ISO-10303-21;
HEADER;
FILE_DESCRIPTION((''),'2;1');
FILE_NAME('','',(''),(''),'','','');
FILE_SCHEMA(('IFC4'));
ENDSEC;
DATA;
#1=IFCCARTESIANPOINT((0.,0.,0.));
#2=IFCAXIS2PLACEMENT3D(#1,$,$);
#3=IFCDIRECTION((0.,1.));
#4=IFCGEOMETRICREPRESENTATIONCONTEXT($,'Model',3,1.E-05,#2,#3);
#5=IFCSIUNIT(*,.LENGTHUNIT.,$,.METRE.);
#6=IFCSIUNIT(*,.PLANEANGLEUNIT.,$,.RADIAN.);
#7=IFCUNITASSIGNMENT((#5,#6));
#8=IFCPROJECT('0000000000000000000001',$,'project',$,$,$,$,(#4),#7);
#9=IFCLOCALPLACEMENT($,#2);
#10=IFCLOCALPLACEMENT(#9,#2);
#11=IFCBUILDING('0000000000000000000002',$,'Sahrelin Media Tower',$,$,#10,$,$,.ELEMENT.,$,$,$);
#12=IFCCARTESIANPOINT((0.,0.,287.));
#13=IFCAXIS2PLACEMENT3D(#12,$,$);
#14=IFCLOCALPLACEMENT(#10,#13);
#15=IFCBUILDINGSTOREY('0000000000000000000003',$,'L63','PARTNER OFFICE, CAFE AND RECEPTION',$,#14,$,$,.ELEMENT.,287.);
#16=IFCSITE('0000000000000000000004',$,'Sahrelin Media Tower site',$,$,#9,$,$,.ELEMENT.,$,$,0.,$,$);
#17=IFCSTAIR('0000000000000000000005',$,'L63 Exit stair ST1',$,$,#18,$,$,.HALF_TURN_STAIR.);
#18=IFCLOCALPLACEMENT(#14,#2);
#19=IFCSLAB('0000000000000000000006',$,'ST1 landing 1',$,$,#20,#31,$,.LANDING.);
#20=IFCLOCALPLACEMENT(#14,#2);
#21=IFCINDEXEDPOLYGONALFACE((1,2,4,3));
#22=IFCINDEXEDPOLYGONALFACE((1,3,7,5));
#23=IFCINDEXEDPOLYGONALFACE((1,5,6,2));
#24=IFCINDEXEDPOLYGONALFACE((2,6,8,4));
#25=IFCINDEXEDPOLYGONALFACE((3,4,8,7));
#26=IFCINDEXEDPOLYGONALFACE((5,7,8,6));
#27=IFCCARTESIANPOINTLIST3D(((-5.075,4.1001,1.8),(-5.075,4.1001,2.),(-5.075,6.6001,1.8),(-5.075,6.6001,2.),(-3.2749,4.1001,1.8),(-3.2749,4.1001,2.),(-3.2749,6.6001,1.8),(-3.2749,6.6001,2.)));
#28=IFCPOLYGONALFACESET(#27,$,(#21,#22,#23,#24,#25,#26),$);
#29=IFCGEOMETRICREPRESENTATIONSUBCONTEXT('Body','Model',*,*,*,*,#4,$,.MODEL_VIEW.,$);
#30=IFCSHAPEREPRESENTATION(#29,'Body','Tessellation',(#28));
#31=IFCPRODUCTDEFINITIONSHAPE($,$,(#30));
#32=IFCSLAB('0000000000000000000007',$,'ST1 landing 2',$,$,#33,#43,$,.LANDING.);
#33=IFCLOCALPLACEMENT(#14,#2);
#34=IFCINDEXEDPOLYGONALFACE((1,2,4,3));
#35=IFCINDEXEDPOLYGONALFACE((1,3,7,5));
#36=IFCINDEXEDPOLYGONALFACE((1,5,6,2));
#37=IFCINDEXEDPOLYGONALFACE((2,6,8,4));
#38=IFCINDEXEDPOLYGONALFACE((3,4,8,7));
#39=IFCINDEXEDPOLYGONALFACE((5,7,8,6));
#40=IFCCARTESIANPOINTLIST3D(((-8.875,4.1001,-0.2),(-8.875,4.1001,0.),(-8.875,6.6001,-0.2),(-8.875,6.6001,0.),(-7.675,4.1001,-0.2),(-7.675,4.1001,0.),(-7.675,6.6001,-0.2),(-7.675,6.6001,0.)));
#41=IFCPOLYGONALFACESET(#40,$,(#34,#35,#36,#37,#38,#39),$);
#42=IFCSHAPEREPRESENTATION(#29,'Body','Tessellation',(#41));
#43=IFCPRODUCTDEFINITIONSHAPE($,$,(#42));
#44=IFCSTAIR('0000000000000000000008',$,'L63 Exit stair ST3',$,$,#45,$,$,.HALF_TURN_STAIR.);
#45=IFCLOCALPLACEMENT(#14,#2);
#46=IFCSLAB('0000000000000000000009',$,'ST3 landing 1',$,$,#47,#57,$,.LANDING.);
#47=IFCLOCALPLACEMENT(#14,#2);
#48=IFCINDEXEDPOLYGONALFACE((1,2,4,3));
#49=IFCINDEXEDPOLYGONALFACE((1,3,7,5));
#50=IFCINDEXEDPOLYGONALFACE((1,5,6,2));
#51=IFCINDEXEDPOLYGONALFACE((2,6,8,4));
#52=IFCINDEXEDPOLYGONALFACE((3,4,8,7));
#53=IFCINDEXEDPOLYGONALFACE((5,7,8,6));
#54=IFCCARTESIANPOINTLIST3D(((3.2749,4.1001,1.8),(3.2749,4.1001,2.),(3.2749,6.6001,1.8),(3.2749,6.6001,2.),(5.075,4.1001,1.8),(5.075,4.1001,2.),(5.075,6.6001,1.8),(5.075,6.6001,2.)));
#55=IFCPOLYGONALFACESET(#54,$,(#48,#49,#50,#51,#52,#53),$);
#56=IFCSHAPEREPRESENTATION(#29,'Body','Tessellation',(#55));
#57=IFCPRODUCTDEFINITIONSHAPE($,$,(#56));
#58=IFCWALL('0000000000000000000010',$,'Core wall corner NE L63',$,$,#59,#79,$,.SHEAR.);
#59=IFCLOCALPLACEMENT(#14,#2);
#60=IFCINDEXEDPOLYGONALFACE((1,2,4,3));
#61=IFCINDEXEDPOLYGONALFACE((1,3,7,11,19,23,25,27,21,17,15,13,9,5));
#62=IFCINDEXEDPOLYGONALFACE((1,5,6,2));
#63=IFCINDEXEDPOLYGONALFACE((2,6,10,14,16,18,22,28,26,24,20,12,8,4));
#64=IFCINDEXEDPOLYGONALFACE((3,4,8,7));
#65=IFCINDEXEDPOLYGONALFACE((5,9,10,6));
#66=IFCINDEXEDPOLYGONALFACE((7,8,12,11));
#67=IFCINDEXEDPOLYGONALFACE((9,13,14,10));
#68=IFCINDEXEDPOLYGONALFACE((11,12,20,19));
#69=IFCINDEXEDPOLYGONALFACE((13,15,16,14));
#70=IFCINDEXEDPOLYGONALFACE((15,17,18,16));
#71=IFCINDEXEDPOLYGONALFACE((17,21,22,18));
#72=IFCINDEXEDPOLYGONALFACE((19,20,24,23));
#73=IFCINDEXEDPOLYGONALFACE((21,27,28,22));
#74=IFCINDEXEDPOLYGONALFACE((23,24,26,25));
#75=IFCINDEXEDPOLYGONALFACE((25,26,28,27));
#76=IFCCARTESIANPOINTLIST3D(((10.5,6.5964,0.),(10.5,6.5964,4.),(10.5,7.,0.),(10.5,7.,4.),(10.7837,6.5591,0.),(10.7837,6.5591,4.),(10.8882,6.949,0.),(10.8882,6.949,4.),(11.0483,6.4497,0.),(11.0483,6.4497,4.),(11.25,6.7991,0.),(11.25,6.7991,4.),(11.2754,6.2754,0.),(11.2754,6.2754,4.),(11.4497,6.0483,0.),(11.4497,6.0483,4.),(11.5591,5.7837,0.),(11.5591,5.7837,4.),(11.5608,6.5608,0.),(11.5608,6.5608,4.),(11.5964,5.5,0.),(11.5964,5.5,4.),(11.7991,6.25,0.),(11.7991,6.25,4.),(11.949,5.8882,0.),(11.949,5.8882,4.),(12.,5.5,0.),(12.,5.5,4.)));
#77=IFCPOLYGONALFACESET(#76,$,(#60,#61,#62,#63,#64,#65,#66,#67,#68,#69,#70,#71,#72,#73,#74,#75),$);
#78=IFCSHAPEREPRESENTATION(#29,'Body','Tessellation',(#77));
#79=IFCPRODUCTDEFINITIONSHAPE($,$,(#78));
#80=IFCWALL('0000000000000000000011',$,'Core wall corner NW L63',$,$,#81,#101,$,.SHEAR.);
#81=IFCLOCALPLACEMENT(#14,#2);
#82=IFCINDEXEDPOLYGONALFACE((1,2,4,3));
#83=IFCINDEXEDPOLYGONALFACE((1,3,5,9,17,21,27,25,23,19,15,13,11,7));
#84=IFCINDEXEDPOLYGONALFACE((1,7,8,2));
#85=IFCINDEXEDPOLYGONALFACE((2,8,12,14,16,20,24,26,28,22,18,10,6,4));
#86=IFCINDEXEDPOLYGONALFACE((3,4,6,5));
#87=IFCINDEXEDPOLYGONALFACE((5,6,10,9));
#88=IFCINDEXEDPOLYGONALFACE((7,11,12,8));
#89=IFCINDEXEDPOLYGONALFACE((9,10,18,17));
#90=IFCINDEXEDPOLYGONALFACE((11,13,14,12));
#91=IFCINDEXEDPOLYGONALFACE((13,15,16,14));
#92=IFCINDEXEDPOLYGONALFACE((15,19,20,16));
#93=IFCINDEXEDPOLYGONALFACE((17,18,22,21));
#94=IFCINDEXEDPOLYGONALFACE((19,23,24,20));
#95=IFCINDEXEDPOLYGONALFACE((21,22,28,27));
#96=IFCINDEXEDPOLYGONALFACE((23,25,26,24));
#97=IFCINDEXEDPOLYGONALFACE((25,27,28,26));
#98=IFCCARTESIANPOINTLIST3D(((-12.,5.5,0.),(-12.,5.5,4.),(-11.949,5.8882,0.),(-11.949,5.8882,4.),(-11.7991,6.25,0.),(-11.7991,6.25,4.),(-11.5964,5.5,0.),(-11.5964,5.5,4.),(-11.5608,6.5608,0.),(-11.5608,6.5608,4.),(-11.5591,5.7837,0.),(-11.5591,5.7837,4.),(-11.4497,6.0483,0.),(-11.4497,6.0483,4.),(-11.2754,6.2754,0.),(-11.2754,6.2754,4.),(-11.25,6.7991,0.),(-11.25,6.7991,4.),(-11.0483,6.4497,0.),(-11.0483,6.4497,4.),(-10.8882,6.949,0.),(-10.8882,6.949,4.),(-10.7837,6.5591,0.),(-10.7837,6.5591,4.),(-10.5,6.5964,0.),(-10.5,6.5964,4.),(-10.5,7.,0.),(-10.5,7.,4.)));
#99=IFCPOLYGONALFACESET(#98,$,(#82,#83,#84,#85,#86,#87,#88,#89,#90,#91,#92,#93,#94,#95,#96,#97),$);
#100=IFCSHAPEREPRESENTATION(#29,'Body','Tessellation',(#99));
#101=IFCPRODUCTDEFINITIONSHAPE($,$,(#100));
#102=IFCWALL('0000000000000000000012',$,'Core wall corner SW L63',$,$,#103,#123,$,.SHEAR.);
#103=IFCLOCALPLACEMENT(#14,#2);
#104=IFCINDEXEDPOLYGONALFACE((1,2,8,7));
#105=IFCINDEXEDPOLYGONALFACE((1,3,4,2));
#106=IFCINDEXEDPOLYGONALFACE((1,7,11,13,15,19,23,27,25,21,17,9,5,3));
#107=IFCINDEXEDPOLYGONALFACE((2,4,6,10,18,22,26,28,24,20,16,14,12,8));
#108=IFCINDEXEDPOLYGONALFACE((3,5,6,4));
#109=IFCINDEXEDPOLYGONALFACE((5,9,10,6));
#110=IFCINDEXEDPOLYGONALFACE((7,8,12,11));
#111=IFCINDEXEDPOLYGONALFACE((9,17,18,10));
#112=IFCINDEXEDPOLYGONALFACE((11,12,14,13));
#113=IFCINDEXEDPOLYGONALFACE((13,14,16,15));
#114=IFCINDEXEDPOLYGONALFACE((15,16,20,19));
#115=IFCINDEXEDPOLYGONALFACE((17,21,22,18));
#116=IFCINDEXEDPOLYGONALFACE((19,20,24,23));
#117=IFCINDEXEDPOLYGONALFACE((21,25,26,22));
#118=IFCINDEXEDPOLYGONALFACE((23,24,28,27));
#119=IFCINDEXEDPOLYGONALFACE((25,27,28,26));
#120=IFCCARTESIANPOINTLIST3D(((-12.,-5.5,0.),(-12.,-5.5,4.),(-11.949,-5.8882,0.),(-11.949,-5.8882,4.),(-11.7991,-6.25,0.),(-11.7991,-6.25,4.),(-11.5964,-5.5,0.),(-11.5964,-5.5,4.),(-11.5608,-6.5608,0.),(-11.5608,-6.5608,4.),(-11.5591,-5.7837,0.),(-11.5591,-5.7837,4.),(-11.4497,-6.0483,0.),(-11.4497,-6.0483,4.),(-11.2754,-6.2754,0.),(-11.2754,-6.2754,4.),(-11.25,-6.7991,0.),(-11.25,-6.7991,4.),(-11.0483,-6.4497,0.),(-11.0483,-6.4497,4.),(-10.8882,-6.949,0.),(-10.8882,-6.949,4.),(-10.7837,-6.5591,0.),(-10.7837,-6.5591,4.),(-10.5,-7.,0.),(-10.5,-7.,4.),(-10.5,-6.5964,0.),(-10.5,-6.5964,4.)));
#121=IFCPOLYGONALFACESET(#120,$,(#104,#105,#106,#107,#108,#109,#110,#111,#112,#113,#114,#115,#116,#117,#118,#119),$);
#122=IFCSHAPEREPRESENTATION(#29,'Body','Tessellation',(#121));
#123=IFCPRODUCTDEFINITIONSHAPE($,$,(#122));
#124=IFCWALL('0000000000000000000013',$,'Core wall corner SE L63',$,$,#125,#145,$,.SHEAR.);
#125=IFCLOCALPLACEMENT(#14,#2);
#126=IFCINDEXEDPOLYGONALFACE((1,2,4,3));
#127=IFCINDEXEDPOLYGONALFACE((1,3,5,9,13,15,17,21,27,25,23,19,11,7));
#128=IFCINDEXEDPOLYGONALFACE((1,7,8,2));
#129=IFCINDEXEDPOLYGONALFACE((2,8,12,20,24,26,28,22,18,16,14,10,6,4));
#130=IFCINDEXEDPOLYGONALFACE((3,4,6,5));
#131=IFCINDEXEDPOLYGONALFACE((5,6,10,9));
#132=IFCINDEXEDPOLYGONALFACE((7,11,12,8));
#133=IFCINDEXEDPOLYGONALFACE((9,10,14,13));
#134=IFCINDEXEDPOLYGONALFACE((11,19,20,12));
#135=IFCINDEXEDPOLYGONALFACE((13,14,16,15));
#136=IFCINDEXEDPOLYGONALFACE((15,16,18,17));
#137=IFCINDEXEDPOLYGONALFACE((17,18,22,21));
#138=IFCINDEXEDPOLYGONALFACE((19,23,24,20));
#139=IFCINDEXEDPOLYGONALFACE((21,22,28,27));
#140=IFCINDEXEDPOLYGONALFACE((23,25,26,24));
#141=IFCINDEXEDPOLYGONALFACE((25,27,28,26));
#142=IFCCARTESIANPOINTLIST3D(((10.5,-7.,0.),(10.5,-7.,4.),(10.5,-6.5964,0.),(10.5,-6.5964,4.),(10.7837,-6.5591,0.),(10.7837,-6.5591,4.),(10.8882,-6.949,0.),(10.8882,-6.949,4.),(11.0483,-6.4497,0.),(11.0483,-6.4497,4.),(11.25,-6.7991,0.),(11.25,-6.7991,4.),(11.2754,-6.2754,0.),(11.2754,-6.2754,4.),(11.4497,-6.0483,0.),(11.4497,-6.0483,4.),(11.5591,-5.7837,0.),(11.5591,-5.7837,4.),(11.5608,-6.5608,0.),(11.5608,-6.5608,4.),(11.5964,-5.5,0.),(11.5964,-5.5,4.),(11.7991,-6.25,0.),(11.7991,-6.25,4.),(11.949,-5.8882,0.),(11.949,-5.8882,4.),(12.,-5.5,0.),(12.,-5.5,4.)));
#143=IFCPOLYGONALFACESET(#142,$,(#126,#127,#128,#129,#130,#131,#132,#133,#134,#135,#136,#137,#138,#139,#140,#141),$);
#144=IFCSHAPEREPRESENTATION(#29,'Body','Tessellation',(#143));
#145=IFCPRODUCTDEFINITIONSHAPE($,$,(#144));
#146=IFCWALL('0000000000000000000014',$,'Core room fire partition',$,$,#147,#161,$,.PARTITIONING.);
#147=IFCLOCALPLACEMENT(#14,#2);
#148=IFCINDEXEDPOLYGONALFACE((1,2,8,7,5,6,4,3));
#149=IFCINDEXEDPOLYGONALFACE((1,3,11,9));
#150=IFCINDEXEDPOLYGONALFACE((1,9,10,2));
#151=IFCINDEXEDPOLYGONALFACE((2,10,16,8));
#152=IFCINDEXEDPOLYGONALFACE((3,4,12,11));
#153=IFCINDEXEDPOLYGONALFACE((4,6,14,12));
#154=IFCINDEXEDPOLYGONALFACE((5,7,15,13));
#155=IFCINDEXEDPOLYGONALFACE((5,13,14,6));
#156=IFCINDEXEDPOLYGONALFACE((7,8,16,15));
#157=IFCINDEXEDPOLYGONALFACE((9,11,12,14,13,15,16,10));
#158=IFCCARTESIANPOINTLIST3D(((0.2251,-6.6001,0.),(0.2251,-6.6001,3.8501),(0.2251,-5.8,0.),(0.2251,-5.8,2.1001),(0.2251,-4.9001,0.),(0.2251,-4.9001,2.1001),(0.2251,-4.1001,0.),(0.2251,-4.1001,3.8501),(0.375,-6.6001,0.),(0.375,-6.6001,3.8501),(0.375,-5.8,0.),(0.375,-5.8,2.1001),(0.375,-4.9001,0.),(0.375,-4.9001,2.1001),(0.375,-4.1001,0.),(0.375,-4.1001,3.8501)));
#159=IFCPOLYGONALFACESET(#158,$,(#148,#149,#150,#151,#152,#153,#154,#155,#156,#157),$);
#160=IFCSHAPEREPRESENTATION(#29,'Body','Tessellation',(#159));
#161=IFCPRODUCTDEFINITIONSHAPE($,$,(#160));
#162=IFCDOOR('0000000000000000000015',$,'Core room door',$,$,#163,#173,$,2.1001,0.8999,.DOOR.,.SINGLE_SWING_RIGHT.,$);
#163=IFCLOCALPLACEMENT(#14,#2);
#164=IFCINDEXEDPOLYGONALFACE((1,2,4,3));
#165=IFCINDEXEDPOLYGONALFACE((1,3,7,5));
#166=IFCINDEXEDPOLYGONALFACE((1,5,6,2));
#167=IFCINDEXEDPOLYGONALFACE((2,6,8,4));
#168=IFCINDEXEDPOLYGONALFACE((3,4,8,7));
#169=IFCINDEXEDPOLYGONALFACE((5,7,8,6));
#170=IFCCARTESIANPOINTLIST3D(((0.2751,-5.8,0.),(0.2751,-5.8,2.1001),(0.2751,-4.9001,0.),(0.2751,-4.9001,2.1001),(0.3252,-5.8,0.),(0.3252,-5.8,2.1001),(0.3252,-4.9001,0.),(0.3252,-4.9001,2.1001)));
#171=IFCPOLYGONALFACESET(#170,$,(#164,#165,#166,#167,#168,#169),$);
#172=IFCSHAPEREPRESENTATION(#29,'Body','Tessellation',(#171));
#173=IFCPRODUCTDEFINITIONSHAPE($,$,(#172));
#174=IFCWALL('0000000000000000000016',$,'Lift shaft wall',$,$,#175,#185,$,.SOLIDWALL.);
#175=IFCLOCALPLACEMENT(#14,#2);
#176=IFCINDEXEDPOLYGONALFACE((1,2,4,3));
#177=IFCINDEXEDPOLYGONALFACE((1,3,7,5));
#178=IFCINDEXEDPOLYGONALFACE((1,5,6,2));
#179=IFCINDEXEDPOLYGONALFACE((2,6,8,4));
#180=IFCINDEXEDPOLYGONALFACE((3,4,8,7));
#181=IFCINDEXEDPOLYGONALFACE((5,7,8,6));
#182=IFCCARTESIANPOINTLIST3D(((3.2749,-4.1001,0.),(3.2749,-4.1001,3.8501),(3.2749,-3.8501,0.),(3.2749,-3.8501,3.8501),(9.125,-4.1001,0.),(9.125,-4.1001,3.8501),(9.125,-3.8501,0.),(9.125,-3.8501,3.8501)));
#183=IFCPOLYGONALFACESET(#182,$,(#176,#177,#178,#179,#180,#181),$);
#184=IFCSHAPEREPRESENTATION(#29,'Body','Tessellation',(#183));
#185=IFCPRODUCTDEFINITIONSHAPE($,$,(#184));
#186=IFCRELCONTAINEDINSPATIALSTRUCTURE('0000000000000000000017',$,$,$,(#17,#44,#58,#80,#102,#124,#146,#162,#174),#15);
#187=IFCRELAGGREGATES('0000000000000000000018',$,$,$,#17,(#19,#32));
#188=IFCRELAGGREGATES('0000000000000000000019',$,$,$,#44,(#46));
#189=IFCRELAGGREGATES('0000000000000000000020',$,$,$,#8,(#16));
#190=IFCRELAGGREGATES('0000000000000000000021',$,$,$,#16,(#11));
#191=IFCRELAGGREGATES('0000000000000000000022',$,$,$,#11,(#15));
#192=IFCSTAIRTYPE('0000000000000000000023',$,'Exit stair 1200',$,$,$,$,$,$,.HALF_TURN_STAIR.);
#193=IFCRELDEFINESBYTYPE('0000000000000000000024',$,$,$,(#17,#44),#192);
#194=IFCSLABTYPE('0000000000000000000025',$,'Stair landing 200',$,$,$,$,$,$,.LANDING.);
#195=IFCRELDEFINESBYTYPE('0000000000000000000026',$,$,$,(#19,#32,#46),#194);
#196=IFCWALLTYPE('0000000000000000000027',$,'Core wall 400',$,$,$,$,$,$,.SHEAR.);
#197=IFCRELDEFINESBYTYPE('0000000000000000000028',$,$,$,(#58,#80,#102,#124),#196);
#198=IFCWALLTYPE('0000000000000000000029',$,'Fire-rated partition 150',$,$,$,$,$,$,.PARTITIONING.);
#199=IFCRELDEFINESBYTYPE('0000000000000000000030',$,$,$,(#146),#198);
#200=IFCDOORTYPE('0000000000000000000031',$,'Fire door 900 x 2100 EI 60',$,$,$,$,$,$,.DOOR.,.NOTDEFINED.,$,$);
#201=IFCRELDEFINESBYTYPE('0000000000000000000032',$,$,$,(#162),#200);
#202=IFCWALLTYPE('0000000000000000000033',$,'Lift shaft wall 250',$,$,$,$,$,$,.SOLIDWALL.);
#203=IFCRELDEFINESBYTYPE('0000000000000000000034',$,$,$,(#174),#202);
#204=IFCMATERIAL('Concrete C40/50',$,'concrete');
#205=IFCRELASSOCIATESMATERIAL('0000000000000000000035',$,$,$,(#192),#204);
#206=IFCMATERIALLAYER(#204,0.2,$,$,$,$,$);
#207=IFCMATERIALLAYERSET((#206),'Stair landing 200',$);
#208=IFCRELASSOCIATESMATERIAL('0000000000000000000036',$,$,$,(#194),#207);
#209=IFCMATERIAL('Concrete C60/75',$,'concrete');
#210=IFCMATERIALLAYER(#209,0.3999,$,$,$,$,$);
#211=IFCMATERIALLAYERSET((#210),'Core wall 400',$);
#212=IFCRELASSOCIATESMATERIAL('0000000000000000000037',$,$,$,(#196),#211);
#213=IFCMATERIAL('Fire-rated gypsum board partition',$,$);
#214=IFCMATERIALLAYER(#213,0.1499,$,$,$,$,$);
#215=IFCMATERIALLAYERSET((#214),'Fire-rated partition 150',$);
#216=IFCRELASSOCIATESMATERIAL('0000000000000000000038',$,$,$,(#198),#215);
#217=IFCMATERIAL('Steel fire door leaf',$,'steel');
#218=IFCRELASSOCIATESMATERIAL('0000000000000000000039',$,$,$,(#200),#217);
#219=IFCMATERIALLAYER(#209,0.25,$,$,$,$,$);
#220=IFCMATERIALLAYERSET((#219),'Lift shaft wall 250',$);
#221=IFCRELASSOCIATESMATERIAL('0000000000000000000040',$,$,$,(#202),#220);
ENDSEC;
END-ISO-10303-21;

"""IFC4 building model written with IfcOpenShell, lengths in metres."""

from ifc_helpers import new_model, si_unit, direction, frame, frame_2d, origin, place, context, subcontext, project, spatial, polyline, rectangle, outline, extrude, material, layer, layer_set, type_object, element, fill, aggregate, save


model = new_model("IFC4")

# Units and contexts
model_context = context("Model", 3, precision=1e-05, world=origin(), true_north=direction((0.0, 1.0)))
body_context = subcontext(model_context, "Body", "Model", "MODEL_VIEW")
ifc_project = project(units=[si_unit("LENGTHUNIT", "METRE"), si_unit("PLANEANGLEUNIT", "RADIAN")], contexts=[model_context])

# Site, building, storey
site_placement = place(None, origin())
site = spatial("IfcSite", under=ifc_project, at=site_placement, Name="Sahrelin Media Tower site", CompositionType="ELEMENT", RefElevation=0.0)
building_placement = place(site_placement, origin())
building = spatial("IfcBuilding", under=site, at=building_placement, Name="Sahrelin Media Tower", CompositionType="ELEMENT")
storey_placement = place(building_placement, frame((0.0, 0.0, 287.0)))
storey = spatial("IfcBuildingStorey", under=building, at=storey_placement, Name="L63", Description="PARTNER OFFICE, CAFE AND RECEPTION", CompositionType="ELEMENT", Elevation=287.0)

# Stair, slabs
ifc_material_1 = material(Name="Concrete C40/50", Category="concrete")
stair_type = type_object("IfcStairType", Name="Exit stair 1200", PredefinedType="HALF_TURN_STAIR", material=ifc_material_1)
placement_1 = place(storey_placement, origin())
stair_1 = element("IfcStair", 1, at=placement_1, inside=storey, type_object=stair_type, Name="L63 Exit stair ST1", PredefinedType="HALF_TURN_STAIR")
ifc_layer_1 = layer(ifc_material_1, 0.2)
ifc_layer_set_1 = layer_set([ifc_layer_1], Name="Stair landing 200")
slab_type = type_object("IfcSlabType", Name="Stair landing 200", PredefinedType="LANDING", material=ifc_layer_set_1)
placement_2 = place(storey_placement, frame((0.0, 0.0, 1.8)))
slab_1 = element("IfcSlab", 2, at=placement_2, type_object=slab_type, Name="ST1 landing 1", PredefinedType="LANDING", context=body_context, shape_type="SweptSolid", body=[
    extrude(outline(polyline([(-5.075, 4.1001), (-3.2749, 4.1001), (-3.2749, 6.6001), (-5.075, 6.6001), (-5.075, 4.1001)])), origin(), (0.0, 0.0, 1.0), 0.2),
])
slab_2_placement = place(storey_placement, frame((0.0, 0.0, -0.2)))
slab_2 = element("IfcSlab", 3, at=slab_2_placement, type_object=slab_type, Name="ST1 landing 2", PredefinedType="LANDING", context=body_context, shape_type="SweptSolid", body=[
    extrude(outline(polyline([(-8.875, 4.1001), (-7.675, 4.1001), (-7.675, 6.6001), (-8.875, 6.6001), (-8.875, 4.1001)])), origin(), (0.0, 0.0, 1.0), 0.2),
])
aggregate(stair_1, [slab_1, slab_2])

# Stair, slab
stair_2 = element("IfcStair", 4, at=placement_1, inside=storey, type_object=stair_type, Name="L63 Exit stair ST3", PredefinedType="HALF_TURN_STAIR")
slab_3 = element("IfcSlab", 5, at=placement_2, type_object=slab_type, Name="ST3 landing 1", PredefinedType="LANDING", context=body_context, shape_type="SweptSolid", body=[
    extrude(outline(polyline([(5.075, 6.6001), (3.2749, 6.6001), (3.2749, 4.1001), (5.075, 4.1001), (5.075, 6.6001)])), origin(), (0.0, 0.0, 1.0), 0.2),
])
aggregate(stair_2, [slab_3])

# Walls
ifc_material_2 = material(Name="Concrete C60/75", Category="concrete")
ifc_layer_2 = layer(ifc_material_2, 0.3999)
ifc_layer_set_2 = layer_set([ifc_layer_2], Name="Core wall 400")
wall_type_1 = type_object("IfcWallType", Name="Core wall 400", PredefinedType="SHEAR", material=ifc_layer_set_2)
element("IfcWall", 6, at=placement_1, inside=storey, type_object=wall_type_1, Name="Core wall corner NE L63", PredefinedType="SHEAR", context=body_context, shape_type="SweptSolid", body=[
    extrude(outline(polyline([(10.5, 7.0), (10.5, 6.5964), (10.7837, 6.5591), (11.0483, 6.4497), (11.2754, 6.2754), (11.4497, 6.0483), (11.5591, 5.7837), (11.5964, 5.5), (12.0, 5.5), (11.949, 5.8882), (11.7991, 6.25), (11.5608, 6.5608), (11.25, 6.7991), (10.8882, 6.949), (10.5, 7.0)])), origin(), (0.0, 0.0, 1.0), 4.0),
])
element("IfcWall", 7, at=placement_1, inside=storey, type_object=wall_type_1, Name="Core wall corner NW L63", PredefinedType="SHEAR", context=body_context, shape_type="SweptSolid", body=[
    extrude(outline(polyline([(-12.0, 5.5), (-11.5964, 5.5), (-11.5591, 5.7837), (-11.4497, 6.0483), (-11.2754, 6.2754), (-11.0483, 6.4497), (-10.7837, 6.5591), (-10.5, 6.5964), (-10.5, 7.0), (-10.8882, 6.949), (-11.25, 6.7991), (-11.5608, 6.5608), (-11.7991, 6.25), (-11.949, 5.8882), (-12.0, 5.5)])), origin(), (0.0, 0.0, 1.0), 4.0),
])
element("IfcWall", 8, at=placement_1, inside=storey, type_object=wall_type_1, Name="Core wall corner SW L63", PredefinedType="SHEAR", context=body_context, shape_type="SweptSolid", body=[
    extrude(outline(polyline([(-10.5, -7.0), (-10.5, -6.5964), (-10.7837, -6.5591), (-11.0483, -6.4497), (-11.2754, -6.2754), (-11.4497, -6.0483), (-11.5591, -5.7837), (-11.5964, -5.5), (-12.0, -5.5), (-11.949, -5.8882), (-11.7991, -6.25), (-11.5608, -6.5608), (-11.25, -6.7991), (-10.8882, -6.949), (-10.5, -7.0)])), origin(), (0.0, 0.0, 1.0), 4.0),
])
element("IfcWall", 9, at=placement_1, inside=storey, type_object=wall_type_1, Name="Core wall corner SE L63", PredefinedType="SHEAR", context=body_context, shape_type="SweptSolid", body=[
    extrude(outline(polyline([(12.0, -5.5), (11.5964, -5.5), (11.5591, -5.7837), (11.4497, -6.0483), (11.2754, -6.2754), (11.0483, -6.4497), (10.7837, -6.5591), (10.5, -6.5964), (10.5, -7.0), (10.8882, -6.949), (11.25, -6.7991), (11.5608, -6.5608), (11.7991, -6.25), (11.949, -5.8882), (12.0, -5.5)])), origin(), (0.0, 0.0, 1.0), 4.0),
])

# Wall, opening, door
ifc_material_3 = material(Name="Fire-rated gypsum board partition")
ifc_layer_3 = layer(ifc_material_3, 0.1499)
ifc_layer_set_3 = layer_set([ifc_layer_3], Name="Fire-rated partition 150")
wall_type_2 = type_object("IfcWallType", Name="Fire-rated partition 150", PredefinedType="PARTITIONING", material=ifc_layer_set_3)
wall_1_placement = place(storey_placement, frame((0.3, -6.6001, 0.0), z_axis=(0.0, 0.0, 1.0), x_axis=(0.0, 1.0, 0.0)))
wall_1 = element("IfcWall", 10, at=wall_1_placement, inside=storey, type_object=wall_type_2, Name="Core room fire partition", PredefinedType="PARTITIONING", context=body_context, shape_type="SweptSolid", body=[
    extrude(rectangle(XDim=2.5, YDim=0.1499, at=frame_2d((1.25, 0.0))), origin(), (0.0, 0.0, 1.0), 3.8501),
])
opening_1_placement = place(wall_1_placement, frame((0.8, 0.0, 0.0)))
opening_1 = element("IfcOpeningElement", 11, at=opening_1_placement, cuts=wall_1, PredefinedType="OPENING", context=body_context, shape_type="SweptSolid", body=[
    extrude(rectangle(XDim=0.8999, YDim=2.1001, at=frame_2d((0.45, 1.05))), frame((0.0, 0.075, 0.0), z_axis=(0.0, -1.0, 0.0), x_axis=(1.0, 0.0, 0.0)), (0.0, 0.0, 1.0), 0.1499),
])
ifc_material_4 = material(Name="Steel fire door leaf", Category="steel")
door_type_1 = type_object("IfcDoorType", Name="Fire door 900 x 2100 EI 60", OperationType="NOTDEFINED", PredefinedType="DOOR", material=ifc_material_4)
door_1_placement = place(opening_1_placement, origin())
door_1 = element("IfcDoor", 12, at=door_1_placement, inside=storey, type_object=door_type_1, Name="Core room door", OperationType="SINGLE_SWING_RIGHT", OverallHeight=2.1001, OverallWidth=0.8999, PredefinedType="DOOR", context=body_context, shape_type="SweptSolid", body=[
    extrude(rectangle(XDim=0.8999, YDim=2.1001, at=frame_2d((0.45, 1.05))), frame((0.0, 0.0249, 0.0), z_axis=(0.0, -1.0, 0.0), x_axis=(1.0, 0.0, 0.0)), (0.0, 0.0, 1.0), 0.05),
])
fill(opening_1, door_1)

# Wall
ifc_layer_4 = layer(ifc_material_2, 0.25)
ifc_layer_set_4 = layer_set([ifc_layer_4], Name="Lift shaft wall 250")
wall_type_3 = type_object("IfcWallType", Name="Lift shaft wall 250", PredefinedType="SOLIDWALL", material=ifc_layer_set_4)
wall_2_placement = place(storey_placement, frame((3.2749, -3.9751, 0.0), z_axis=(0.0, 0.0, 1.0), x_axis=(1.0, 0.0, 0.0)))
element("IfcWall", 13, at=wall_2_placement, inside=storey, type_object=wall_type_3, Name="Lift shaft wall", PredefinedType="SOLIDWALL", context=body_context, shape_type="SweptSolid", body=[
    extrude(rectangle(XDim=5.8501, YDim=0.25, at=frame_2d((2.925, 0.0))), origin(), (0.0, 0.0, 1.0), 3.8501),
])

save(model, "model.ifc")
